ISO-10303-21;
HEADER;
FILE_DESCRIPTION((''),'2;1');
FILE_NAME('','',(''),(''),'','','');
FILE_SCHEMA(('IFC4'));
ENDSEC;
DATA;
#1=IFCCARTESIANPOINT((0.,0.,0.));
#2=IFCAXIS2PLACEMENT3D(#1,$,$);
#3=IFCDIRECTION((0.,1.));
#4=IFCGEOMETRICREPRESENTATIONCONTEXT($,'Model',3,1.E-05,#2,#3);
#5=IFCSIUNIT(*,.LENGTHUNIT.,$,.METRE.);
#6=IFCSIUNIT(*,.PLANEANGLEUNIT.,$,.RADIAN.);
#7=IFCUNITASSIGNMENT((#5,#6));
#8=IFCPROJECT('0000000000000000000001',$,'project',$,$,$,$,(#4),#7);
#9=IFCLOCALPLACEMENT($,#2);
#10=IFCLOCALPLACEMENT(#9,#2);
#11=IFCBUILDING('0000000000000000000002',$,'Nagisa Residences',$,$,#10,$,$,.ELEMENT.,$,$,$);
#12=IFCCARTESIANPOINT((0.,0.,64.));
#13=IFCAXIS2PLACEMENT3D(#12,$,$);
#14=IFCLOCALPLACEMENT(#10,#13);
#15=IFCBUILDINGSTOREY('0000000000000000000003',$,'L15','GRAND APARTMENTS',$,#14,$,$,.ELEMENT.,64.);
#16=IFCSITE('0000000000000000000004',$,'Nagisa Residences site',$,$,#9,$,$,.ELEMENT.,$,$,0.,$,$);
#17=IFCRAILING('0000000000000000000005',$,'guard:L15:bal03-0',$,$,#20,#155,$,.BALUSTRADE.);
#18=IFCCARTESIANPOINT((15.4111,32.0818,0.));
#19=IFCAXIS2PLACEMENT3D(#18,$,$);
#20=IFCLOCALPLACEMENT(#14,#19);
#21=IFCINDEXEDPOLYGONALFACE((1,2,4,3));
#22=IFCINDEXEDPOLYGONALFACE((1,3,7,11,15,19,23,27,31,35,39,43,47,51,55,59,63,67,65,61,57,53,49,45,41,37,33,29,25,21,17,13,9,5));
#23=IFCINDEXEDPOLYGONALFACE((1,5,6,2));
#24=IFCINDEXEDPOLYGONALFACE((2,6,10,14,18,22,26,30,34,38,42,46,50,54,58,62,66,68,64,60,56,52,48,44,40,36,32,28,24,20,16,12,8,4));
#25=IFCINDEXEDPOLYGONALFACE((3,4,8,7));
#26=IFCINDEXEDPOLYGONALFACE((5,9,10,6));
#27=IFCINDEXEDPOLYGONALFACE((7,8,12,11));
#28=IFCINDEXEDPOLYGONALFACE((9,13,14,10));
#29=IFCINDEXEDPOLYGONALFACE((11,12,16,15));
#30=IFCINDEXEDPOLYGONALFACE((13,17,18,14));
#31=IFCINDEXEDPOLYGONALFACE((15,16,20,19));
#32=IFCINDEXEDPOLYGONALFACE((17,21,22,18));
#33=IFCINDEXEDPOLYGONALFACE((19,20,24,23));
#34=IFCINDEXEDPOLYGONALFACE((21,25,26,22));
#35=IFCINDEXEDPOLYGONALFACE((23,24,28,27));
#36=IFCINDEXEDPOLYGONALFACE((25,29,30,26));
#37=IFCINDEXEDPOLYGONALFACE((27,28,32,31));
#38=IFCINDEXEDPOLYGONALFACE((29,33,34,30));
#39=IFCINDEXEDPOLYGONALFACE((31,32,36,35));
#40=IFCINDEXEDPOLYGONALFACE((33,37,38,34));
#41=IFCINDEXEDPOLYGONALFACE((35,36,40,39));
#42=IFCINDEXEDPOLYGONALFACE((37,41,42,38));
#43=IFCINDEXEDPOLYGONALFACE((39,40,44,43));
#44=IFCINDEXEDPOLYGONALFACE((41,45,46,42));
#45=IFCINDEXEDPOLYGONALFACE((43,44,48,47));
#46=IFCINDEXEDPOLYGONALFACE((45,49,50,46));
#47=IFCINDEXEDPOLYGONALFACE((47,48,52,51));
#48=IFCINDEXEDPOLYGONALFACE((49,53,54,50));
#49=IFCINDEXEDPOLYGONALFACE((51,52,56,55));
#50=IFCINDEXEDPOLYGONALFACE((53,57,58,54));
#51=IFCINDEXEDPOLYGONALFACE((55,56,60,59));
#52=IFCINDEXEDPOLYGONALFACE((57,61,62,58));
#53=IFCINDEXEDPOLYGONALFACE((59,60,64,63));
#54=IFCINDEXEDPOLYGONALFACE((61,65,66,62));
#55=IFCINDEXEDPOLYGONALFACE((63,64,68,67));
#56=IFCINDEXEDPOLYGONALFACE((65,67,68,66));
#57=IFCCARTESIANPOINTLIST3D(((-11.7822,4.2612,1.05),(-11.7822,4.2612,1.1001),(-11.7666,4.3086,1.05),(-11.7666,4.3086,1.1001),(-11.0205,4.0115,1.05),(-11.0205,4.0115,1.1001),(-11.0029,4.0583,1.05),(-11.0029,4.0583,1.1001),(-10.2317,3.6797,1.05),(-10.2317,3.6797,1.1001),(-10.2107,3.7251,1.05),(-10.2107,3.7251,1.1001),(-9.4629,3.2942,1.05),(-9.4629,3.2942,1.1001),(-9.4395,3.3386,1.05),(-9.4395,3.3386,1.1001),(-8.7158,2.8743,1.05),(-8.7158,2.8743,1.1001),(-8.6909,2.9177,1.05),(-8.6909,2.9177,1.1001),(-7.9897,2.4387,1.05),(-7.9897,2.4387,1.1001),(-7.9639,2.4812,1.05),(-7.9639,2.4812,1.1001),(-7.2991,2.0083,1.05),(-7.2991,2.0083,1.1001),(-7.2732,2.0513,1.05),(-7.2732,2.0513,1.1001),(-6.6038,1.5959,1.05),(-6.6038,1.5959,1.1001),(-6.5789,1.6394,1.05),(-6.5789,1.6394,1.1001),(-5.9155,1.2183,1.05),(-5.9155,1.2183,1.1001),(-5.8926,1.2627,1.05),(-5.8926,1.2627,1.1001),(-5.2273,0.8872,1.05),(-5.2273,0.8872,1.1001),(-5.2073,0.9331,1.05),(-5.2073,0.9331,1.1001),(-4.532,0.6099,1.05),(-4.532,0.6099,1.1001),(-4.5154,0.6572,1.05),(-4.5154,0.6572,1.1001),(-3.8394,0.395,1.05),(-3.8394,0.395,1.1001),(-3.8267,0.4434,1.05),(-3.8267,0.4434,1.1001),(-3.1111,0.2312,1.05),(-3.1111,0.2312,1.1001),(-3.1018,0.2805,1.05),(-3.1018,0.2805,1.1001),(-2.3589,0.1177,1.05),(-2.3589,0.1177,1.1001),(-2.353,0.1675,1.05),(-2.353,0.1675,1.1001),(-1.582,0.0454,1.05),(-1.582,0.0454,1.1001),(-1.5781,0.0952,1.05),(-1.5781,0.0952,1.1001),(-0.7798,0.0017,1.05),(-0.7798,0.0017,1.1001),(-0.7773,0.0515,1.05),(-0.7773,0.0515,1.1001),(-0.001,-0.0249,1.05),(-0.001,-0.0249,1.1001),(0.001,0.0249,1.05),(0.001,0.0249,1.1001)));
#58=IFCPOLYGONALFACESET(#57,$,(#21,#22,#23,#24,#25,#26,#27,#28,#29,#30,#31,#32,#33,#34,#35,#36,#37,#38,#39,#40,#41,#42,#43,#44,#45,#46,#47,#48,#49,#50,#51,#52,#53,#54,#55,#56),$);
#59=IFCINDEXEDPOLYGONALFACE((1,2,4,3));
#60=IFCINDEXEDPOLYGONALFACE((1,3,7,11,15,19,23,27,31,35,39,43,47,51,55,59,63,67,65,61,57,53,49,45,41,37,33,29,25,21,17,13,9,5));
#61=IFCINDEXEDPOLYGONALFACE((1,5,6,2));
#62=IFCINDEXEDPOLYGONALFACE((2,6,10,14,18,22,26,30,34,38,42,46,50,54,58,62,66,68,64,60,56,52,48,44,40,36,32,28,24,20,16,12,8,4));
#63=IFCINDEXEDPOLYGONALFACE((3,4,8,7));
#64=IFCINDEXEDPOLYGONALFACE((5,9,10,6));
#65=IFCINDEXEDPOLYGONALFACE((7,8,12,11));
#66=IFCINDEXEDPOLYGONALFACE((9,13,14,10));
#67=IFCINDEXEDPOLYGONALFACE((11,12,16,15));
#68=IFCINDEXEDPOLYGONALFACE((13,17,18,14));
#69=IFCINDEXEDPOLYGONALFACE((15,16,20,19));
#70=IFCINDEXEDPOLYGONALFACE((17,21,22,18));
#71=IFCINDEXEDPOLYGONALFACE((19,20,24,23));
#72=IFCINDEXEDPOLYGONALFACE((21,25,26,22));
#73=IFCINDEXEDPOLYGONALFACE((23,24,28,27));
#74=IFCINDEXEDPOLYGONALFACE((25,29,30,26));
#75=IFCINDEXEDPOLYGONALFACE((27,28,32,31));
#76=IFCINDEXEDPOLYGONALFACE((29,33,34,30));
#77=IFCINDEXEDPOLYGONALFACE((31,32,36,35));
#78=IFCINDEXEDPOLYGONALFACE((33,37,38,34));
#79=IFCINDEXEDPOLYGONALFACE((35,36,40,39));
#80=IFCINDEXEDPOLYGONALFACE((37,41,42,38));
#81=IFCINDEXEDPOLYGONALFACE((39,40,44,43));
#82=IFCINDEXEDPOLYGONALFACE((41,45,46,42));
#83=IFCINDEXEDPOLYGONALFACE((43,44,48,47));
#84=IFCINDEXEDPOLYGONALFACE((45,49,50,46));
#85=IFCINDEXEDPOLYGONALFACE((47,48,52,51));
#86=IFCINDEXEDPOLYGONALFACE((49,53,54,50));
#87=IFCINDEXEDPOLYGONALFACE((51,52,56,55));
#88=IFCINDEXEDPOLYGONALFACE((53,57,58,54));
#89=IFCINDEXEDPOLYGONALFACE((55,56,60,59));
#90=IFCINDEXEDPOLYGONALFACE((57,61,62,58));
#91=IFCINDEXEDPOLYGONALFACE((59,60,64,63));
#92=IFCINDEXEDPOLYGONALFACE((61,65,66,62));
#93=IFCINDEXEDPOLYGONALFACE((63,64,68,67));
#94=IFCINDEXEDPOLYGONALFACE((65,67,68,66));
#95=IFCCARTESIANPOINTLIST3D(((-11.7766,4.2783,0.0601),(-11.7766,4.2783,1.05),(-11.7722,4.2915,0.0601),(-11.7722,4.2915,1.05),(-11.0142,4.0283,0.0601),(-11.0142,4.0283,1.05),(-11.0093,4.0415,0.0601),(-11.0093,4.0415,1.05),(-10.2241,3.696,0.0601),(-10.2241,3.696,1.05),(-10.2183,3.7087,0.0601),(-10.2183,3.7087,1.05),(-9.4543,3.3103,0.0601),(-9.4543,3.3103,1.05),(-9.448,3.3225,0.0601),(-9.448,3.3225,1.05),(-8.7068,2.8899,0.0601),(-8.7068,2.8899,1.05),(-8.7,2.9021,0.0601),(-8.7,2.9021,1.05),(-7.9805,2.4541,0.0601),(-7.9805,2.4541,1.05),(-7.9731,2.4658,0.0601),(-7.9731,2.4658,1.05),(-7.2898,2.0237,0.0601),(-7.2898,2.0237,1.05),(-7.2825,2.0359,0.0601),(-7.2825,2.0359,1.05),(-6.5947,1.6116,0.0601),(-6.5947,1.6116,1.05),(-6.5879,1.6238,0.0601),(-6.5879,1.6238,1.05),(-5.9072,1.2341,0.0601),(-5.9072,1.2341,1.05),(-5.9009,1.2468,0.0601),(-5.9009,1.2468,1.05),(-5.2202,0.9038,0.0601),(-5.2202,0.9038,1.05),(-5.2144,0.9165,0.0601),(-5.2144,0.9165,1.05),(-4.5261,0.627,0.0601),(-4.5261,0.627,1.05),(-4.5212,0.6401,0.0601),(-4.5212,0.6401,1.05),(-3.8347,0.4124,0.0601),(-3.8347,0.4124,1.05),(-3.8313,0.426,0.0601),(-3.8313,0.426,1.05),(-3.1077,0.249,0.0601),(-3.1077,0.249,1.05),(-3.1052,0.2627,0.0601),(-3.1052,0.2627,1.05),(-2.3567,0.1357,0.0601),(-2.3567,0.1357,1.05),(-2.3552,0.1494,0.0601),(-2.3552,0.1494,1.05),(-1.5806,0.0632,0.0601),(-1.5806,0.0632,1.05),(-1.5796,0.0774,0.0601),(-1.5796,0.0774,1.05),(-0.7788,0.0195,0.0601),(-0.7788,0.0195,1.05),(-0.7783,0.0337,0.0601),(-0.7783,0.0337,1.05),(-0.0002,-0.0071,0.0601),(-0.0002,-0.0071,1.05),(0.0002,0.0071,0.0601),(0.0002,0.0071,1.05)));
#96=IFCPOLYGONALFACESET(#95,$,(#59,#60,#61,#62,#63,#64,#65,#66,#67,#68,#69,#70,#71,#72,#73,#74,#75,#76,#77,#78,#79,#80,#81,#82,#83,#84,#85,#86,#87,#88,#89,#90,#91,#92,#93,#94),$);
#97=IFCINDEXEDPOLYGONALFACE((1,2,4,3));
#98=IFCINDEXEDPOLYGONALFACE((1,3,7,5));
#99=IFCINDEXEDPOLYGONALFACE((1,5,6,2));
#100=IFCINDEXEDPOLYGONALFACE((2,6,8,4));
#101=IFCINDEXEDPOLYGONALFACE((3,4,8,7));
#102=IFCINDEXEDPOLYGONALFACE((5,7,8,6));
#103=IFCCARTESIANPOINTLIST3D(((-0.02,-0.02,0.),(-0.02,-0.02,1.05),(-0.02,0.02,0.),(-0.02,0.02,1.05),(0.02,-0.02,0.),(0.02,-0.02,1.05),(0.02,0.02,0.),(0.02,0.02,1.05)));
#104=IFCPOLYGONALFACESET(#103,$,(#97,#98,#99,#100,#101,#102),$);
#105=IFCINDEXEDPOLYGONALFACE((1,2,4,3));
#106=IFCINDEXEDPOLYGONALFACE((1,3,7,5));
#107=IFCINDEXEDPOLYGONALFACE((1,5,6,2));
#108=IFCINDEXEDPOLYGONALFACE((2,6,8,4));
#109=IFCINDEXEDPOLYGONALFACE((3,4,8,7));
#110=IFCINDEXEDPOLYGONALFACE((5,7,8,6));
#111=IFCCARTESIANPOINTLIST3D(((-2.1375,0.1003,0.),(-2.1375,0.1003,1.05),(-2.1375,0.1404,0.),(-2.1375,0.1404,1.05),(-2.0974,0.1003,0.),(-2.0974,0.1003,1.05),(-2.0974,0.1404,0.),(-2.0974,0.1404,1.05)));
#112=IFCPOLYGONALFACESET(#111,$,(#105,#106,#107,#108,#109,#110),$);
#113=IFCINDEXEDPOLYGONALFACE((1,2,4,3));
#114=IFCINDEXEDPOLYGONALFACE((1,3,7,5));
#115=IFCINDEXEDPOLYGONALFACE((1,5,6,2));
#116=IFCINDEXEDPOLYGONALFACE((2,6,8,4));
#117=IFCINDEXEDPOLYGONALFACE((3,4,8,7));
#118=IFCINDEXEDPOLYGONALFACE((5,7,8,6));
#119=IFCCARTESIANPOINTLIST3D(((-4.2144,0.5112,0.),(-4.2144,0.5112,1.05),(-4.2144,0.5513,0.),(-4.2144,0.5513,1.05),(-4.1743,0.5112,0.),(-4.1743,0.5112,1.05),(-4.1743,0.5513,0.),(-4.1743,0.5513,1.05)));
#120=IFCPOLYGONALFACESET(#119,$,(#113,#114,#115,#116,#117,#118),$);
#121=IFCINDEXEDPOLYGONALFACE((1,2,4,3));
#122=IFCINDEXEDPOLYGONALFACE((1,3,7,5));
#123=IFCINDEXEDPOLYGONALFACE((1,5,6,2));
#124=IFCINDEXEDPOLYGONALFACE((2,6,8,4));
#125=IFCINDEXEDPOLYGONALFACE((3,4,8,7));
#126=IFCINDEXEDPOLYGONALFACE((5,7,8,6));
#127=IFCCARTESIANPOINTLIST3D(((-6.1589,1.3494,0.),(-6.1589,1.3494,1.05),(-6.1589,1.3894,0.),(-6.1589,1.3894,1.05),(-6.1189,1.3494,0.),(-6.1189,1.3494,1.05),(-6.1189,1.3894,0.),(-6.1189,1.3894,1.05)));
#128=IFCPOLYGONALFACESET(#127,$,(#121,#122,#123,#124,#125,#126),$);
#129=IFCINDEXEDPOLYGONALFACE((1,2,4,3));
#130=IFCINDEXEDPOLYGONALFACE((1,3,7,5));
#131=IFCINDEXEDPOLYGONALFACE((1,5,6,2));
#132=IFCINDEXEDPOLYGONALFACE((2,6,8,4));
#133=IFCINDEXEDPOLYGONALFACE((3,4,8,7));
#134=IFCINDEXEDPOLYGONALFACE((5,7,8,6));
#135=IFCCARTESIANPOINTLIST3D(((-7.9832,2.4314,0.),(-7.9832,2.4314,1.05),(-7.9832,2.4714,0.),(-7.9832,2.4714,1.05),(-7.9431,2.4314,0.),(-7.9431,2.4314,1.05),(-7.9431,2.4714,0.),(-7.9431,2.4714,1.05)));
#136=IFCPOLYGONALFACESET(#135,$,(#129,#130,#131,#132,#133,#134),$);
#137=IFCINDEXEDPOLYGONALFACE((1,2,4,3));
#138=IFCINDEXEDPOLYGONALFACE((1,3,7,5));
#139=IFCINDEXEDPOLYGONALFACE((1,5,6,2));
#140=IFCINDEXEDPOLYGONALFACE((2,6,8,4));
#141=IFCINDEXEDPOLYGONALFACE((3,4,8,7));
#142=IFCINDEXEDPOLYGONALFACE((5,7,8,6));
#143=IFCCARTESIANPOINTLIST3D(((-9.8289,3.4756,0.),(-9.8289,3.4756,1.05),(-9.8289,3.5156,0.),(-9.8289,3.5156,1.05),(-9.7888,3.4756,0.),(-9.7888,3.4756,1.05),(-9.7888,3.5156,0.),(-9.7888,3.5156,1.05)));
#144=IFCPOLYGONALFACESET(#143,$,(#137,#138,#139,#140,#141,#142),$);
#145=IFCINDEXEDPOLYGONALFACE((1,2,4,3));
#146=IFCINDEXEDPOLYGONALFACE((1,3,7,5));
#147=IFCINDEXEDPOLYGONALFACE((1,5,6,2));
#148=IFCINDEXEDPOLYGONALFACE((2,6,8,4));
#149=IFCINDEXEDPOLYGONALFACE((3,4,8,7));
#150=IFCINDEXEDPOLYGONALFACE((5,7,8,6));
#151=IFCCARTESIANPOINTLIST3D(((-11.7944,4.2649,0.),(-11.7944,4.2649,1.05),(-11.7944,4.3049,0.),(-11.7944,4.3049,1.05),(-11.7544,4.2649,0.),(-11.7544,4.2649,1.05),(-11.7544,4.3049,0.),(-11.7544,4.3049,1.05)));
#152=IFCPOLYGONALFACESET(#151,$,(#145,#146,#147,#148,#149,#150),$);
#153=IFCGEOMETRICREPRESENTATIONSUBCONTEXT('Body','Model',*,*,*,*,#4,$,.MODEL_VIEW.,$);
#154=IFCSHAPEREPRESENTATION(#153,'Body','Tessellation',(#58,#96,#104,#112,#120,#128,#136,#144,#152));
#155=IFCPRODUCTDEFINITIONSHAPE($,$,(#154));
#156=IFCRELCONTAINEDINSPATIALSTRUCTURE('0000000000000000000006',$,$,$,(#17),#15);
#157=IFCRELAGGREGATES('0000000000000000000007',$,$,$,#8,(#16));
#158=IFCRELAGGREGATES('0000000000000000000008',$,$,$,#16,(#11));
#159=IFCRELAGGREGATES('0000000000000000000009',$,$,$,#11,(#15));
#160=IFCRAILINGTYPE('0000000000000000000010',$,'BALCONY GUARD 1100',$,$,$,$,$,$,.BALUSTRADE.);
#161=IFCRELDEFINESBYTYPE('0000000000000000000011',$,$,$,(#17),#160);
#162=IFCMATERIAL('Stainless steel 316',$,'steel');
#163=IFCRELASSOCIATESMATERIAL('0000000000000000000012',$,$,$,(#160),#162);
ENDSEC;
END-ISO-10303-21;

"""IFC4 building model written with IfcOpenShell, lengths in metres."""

from ifc_helpers import new_model, si_unit, direction, frame, origin, origin_2d, place, context, subcontext, project, spatial, polyline, rectangle, outline, extrude, material, type_object, element, save


model = new_model("IFC4")

# Units and contexts
model_context = context("Model", 3, precision=1e-05, world=origin(), true_north=direction((0.0, 1.0)))
body_context = subcontext(model_context, "Body", "Model", "MODEL_VIEW")
ifc_project = project(units=[si_unit("LENGTHUNIT", "METRE"), si_unit("PLANEANGLEUNIT", "RADIAN")], contexts=[model_context])

# Site, building, storey
site_placement = place(None, origin())
site = spatial("IfcSite", under=ifc_project, at=site_placement, Name="Nagisa Residences site", CompositionType="ELEMENT", RefElevation=0.0)
building_placement = place(site_placement, origin())
building = spatial("IfcBuilding", under=site, at=building_placement, Name="Nagisa Residences", CompositionType="ELEMENT")
storey_placement = place(building_placement, frame((0.0, 0.0, 64.0)))
storey = spatial("IfcBuildingStorey", under=building, at=storey_placement, Name="L15", Description="GRAND APARTMENTS", CompositionType="ELEMENT", Elevation=64.0)

# Railing
ifc_material_1 = material(Name="Stainless steel 316", Category="steel")
railing_type = type_object("IfcRailingType", Name="BALCONY GUARD 1100", PredefinedType="BALUSTRADE", material=ifc_material_1)
railing_1_placement = place(storey_placement, frame((15.4111, 32.0818, 0.0)))
element("IfcRailing", 1, at=railing_1_placement, inside=storey, type_object=railing_type, Name="guard:L15:bal03-0", PredefinedType="BALUSTRADE", context=body_context, shape_type="SweptSolid", body=[
    extrude(outline(polyline([(-0.7798, 0.0017), (-0.001, -0.0249), (0.001, 0.0249), (-0.7773, 0.0515), (-1.5781, 0.0952), (-2.353, 0.1675), (-3.1018, 0.2805), (-3.8267, 0.4434), (-4.5154, 0.6572), (-5.2073, 0.9331), (-5.8926, 1.2627), (-6.5789, 1.6394), (-7.2732, 2.0513), (-7.9639, 2.4812), (-8.6909, 2.9177), (-9.4395, 3.3386), (-10.2107, 3.7251), (-11.0029, 4.0583), (-11.7666, 4.3086), (-11.7822, 4.2612), (-11.0205, 4.0115), (-10.2317, 3.6797), (-9.4629, 3.2942), (-8.7158, 2.8743), (-7.9897, 2.4387), (-7.2991, 2.0083), (-6.6038, 1.5959), (-5.9155, 1.2183), (-5.2273, 0.8872), (-4.532, 0.6099), (-3.8394, 0.395), (-3.1111, 0.2312), (-2.3589, 0.1177), (-1.582, 0.0454), (-0.7798, 0.0017)])), frame((0.0, 0.0, 1.05)), (0.0, 0.0, 1.0), 0.05),
    extrude(outline(polyline([(-0.7788, 0.0195), (-0.0002, -0.0071), (0.0002, 0.0071), (-0.7783, 0.0337), (-1.5796, 0.0774), (-2.3552, 0.1494), (-3.1052, 0.2627), (-3.8313, 0.426), (-4.5212, 0.6401), (-5.2144, 0.9165), (-5.9009, 1.2468), (-6.5879, 1.6238), (-7.2825, 2.0359), (-7.9731, 2.4658), (-8.7, 2.9021), (-9.448, 3.3225), (-10.2183, 3.7087), (-11.0093, 4.0415), (-11.7722, 4.2915), (-11.7766, 4.2783), (-11.0142, 4.0283), (-10.2241, 3.696), (-9.4543, 3.3103), (-8.7068, 2.8899), (-7.9805, 2.4541), (-7.2898, 2.0237), (-6.5947, 1.6116), (-5.9072, 1.2341), (-5.2202, 0.9038), (-4.5261, 0.627), (-3.8347, 0.4124), (-3.1077, 0.249), (-2.3567, 0.1357), (-1.5806, 0.0632), (-0.7788, 0.0195)])), frame((0.0, 0.0, 0.0601)), (0.0, 0.0, 1.0), 0.99),
    extrude(rectangle(XDim=0.04, YDim=0.04, at=origin_2d()), origin(), (0.0, 0.0, 1.0), 1.05),
    extrude(rectangle(XDim=0.04, YDim=0.04, at=origin_2d()), frame((-2.1174, 0.1204, 0.0)), (0.0, 0.0, 1.0), 1.05),
    extrude(rectangle(XDim=0.04, YDim=0.04, at=origin_2d()), frame((-4.1943, 0.5312, 0.0)), (0.0, 0.0, 1.0), 1.05),
    extrude(rectangle(XDim=0.04, YDim=0.04, at=origin_2d()), frame((-6.1389, 1.3694, 0.0)), (0.0, 0.0, 1.0), 1.05),
    extrude(rectangle(XDim=0.04, YDim=0.04, at=origin_2d()), frame((-7.9631, 2.4514, 0.0)), (0.0, 0.0, 1.0), 1.05),
    extrude(rectangle(XDim=0.04, YDim=0.04, at=origin_2d()), frame((-9.8088, 3.4956, 0.0)), (0.0, 0.0, 1.0), 1.05),
    extrude(rectangle(XDim=0.04, YDim=0.04, at=origin_2d()), frame((-11.7744, 4.2849, 0.0)), (0.0, 0.0, 1.0), 1.05),
])

save(model, "model.ifc")
